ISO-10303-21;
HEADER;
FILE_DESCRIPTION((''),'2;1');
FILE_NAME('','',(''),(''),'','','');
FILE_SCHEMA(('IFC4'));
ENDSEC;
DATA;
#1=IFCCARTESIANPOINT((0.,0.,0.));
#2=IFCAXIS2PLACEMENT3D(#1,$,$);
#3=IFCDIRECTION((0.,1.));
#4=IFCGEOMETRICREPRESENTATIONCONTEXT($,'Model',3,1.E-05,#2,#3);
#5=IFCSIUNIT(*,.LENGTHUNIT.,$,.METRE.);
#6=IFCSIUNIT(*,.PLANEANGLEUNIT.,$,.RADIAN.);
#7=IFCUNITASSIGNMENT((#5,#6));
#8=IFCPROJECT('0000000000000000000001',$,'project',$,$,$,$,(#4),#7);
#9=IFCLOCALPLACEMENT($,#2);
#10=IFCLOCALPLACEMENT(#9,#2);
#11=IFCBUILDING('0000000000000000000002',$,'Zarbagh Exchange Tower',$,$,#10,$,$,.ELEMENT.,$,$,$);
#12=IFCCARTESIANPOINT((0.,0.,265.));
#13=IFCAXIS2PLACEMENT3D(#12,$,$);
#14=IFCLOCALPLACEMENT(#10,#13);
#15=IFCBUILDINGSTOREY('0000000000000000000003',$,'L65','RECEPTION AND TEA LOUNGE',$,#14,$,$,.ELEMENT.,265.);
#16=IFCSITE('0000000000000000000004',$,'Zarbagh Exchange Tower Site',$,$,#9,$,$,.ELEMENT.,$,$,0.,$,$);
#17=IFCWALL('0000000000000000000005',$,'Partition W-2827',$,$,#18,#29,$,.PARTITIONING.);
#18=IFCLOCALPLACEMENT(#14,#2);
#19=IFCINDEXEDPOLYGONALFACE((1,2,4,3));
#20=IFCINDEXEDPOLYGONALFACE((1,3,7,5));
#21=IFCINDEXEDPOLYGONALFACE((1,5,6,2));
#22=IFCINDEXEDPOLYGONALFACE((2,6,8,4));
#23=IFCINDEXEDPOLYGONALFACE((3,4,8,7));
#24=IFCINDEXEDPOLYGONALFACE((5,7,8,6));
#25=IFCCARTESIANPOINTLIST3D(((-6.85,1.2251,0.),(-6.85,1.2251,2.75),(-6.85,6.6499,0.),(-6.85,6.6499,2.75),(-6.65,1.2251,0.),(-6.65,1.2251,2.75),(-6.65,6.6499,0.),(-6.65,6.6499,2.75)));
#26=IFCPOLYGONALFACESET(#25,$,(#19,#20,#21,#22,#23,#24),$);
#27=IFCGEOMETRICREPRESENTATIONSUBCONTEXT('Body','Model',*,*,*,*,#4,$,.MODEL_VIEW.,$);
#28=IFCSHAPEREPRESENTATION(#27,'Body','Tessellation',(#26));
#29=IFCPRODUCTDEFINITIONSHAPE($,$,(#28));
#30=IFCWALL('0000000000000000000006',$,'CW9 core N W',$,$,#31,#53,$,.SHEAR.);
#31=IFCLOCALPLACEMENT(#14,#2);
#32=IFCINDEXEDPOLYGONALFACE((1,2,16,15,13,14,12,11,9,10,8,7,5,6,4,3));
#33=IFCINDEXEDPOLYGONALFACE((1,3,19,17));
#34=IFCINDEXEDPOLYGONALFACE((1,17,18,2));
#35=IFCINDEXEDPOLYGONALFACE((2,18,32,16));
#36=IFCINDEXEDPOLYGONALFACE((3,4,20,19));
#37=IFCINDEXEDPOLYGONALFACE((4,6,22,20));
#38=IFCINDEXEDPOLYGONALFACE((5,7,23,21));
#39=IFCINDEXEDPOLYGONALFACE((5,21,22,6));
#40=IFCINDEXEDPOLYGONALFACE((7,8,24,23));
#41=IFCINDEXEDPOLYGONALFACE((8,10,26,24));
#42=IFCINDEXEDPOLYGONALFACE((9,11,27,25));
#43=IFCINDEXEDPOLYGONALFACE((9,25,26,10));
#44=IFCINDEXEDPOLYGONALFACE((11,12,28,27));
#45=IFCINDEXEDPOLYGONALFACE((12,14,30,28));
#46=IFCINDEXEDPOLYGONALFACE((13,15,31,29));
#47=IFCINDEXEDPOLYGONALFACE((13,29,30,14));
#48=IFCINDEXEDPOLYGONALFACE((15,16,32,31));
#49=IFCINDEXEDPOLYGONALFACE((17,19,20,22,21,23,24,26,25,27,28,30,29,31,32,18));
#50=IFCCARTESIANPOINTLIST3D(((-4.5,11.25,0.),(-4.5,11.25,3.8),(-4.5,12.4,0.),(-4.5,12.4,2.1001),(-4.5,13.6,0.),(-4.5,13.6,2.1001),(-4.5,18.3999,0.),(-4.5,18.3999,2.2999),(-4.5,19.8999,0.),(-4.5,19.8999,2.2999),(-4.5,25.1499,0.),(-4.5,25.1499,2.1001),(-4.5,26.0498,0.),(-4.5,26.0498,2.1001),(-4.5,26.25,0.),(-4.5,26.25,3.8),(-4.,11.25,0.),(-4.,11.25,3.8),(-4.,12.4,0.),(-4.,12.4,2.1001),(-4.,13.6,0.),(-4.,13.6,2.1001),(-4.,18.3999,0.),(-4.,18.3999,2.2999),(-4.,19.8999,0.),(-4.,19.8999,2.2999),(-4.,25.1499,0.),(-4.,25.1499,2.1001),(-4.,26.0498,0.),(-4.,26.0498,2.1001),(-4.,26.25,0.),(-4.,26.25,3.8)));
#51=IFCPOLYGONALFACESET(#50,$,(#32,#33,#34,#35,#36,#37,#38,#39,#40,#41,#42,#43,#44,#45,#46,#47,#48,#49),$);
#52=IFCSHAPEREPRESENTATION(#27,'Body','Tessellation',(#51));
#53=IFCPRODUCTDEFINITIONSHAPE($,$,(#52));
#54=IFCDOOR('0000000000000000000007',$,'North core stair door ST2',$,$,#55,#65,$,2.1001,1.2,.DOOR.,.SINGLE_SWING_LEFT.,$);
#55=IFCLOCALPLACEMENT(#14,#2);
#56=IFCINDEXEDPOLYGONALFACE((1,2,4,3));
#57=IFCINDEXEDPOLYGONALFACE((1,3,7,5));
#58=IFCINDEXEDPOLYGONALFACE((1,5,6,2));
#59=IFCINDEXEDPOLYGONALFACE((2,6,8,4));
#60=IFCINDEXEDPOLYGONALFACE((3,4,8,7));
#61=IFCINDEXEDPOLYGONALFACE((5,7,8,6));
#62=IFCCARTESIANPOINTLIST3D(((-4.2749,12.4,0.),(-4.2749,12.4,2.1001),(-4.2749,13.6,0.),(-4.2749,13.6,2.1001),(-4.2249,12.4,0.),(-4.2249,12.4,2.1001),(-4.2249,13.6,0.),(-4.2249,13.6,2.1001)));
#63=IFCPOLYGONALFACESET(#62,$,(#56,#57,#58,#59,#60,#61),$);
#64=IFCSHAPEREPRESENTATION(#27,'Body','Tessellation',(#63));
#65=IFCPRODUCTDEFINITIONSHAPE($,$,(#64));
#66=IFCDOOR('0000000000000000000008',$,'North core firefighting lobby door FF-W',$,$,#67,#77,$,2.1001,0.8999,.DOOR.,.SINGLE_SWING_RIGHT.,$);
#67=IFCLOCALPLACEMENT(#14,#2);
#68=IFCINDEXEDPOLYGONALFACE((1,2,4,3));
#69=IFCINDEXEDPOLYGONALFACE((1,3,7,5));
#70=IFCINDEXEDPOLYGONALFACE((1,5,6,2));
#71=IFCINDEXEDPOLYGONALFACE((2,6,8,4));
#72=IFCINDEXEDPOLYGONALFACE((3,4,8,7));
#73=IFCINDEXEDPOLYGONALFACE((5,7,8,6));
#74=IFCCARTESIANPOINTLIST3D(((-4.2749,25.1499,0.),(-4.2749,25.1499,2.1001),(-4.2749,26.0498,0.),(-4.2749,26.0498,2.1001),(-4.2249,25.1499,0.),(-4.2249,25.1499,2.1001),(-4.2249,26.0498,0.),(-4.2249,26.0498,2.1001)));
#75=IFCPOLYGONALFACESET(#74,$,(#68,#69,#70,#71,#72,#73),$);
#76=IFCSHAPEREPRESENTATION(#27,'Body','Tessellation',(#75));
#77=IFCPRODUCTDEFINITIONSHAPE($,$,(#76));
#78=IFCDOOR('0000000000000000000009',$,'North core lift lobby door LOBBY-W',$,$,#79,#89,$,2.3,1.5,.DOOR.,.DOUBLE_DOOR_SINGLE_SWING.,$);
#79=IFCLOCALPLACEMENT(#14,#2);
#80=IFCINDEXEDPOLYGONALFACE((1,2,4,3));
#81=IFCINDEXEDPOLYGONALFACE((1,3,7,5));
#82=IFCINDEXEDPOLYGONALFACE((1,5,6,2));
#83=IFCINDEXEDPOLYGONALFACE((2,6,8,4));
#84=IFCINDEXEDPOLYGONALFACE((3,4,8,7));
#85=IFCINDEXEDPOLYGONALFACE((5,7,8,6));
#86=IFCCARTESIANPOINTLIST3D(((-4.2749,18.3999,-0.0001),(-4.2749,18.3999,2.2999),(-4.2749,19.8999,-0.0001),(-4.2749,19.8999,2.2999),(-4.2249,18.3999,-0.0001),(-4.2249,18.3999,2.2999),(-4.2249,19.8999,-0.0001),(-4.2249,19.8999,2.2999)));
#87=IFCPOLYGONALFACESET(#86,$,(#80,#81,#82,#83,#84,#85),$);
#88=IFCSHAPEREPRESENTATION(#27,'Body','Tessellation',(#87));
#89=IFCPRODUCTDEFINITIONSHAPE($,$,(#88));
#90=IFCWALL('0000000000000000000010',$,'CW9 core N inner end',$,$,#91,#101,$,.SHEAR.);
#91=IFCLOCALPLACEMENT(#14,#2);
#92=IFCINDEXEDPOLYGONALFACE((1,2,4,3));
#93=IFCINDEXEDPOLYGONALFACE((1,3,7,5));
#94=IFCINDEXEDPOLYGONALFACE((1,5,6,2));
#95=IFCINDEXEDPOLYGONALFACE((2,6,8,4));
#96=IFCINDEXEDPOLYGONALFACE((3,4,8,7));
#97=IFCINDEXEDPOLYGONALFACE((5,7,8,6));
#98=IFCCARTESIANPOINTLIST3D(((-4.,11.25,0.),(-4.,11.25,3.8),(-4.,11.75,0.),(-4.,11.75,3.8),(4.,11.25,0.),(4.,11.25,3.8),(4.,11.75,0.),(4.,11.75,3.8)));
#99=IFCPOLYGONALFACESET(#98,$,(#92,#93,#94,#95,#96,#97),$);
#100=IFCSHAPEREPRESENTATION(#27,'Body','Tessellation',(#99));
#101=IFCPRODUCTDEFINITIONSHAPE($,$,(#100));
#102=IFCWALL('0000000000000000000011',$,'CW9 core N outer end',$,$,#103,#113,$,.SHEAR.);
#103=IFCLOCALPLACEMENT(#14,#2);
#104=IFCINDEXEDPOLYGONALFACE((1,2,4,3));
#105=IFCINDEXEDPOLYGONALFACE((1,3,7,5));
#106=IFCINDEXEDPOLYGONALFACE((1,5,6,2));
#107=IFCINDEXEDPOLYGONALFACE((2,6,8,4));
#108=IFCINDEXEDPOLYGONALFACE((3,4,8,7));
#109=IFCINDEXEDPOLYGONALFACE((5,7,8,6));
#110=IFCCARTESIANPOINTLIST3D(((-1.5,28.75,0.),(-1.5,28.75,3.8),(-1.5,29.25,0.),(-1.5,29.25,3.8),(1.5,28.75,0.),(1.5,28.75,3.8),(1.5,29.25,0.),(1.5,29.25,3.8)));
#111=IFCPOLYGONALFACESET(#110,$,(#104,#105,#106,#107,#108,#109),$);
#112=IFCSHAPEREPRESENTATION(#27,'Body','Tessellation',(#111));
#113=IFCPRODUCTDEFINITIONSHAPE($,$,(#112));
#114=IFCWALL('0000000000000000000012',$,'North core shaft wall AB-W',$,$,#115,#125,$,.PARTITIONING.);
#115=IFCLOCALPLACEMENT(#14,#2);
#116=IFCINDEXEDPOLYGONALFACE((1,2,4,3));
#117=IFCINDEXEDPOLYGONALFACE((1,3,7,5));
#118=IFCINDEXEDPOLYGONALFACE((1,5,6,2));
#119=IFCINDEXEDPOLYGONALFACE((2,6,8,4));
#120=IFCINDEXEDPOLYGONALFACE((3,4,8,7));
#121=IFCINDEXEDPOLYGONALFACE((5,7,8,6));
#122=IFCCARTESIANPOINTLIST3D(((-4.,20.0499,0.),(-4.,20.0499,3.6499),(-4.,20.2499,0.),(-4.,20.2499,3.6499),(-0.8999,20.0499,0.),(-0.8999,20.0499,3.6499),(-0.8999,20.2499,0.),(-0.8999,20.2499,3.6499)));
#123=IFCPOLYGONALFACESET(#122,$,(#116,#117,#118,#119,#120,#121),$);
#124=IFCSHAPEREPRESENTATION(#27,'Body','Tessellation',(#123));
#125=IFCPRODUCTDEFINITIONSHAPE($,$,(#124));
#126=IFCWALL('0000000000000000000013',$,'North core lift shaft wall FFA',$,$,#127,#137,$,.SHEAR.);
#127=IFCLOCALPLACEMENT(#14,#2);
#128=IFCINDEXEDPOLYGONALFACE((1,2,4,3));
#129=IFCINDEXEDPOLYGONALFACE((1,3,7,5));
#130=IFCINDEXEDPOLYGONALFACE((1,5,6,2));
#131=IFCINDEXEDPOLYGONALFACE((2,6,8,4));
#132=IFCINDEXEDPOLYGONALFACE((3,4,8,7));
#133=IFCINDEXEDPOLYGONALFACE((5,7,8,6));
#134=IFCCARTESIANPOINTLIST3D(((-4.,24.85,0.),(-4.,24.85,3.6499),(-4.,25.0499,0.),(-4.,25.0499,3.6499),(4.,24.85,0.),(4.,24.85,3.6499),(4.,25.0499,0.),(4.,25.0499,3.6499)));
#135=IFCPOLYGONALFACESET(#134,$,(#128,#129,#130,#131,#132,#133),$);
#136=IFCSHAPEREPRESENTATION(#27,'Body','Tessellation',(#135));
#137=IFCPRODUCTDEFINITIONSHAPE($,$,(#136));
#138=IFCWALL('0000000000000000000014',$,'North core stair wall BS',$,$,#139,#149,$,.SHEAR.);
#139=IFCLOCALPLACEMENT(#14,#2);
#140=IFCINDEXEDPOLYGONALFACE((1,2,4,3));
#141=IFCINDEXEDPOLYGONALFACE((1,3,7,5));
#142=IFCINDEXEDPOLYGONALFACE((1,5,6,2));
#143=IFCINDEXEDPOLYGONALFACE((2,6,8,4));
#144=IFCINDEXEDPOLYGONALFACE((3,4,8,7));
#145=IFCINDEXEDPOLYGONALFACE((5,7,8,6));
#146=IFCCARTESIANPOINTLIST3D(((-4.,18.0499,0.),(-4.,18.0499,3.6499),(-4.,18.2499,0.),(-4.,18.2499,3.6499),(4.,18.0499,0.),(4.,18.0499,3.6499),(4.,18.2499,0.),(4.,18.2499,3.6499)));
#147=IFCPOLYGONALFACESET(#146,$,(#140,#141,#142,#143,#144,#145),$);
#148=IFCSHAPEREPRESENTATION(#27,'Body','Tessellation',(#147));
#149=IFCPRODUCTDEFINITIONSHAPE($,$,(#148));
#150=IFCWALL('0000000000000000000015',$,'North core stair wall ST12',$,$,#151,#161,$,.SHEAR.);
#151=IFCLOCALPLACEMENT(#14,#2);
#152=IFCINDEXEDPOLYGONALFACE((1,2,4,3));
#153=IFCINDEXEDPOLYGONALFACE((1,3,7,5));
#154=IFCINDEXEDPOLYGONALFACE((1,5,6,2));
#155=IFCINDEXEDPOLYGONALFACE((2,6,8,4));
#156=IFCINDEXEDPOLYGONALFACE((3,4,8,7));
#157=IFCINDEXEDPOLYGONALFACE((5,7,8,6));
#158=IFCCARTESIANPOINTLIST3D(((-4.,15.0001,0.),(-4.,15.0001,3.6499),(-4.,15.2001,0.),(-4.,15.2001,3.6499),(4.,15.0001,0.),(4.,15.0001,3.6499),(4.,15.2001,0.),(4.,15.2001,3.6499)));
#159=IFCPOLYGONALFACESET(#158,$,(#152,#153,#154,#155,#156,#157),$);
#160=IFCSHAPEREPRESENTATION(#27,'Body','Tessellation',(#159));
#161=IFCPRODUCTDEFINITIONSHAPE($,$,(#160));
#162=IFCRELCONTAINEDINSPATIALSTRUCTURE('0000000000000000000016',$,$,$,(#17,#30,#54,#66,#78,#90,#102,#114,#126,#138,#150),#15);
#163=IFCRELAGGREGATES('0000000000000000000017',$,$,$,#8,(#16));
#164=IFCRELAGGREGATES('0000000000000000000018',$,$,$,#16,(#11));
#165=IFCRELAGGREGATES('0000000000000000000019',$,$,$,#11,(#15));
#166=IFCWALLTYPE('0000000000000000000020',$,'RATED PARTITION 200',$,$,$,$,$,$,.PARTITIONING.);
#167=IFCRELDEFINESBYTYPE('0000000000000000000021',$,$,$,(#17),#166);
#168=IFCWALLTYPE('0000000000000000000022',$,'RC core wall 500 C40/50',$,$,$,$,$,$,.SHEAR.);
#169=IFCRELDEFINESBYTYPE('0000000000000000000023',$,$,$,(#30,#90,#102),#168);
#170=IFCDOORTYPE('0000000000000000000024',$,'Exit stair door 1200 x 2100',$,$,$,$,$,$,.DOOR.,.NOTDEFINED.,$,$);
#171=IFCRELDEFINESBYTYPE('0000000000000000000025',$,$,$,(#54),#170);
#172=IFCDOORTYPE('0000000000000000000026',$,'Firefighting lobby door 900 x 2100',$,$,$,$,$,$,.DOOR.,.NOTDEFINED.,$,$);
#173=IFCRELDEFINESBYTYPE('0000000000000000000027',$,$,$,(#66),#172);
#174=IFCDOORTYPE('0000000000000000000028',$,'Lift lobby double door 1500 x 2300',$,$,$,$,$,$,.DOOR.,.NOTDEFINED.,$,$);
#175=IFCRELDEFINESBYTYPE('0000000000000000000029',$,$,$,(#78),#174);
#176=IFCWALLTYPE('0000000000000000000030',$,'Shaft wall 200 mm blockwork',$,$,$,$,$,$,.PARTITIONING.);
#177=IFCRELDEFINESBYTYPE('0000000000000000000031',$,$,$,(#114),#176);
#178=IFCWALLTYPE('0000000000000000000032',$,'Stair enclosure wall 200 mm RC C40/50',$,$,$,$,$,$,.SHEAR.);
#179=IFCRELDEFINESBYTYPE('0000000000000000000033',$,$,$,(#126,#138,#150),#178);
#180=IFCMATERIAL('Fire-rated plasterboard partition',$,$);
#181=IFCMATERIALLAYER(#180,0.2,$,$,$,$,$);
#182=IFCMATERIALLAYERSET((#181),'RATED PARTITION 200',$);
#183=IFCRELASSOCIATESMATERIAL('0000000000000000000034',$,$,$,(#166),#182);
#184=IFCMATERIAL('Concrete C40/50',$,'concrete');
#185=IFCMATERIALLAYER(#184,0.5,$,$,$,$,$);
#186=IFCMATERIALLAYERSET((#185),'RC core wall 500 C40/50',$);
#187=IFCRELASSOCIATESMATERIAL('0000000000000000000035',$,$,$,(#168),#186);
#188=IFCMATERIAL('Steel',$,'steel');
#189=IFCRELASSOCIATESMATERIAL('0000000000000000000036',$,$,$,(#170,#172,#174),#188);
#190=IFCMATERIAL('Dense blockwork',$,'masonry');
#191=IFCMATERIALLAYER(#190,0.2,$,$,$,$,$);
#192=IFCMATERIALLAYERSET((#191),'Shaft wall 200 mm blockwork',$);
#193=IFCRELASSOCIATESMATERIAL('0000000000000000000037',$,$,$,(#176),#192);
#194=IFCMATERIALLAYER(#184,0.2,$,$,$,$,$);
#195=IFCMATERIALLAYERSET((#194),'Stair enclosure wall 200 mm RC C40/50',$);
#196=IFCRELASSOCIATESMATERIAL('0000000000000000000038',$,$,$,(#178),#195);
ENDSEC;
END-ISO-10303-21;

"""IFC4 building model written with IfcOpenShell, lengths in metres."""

from ifc_helpers import new_model, si_unit, direction, frame, frame_2d, origin, place, context, subcontext, project, spatial, rectangle, extrude, material, layer, layer_set, type_object, element, fill, save


model = new_model("IFC4")

# Units and contexts
model_context = context("Model", 3, precision=1e-05, world=origin(), true_north=direction((0.0, 1.0)))
body_context = subcontext(model_context, "Body", "Model", "MODEL_VIEW")
ifc_project = project(units=[si_unit("LENGTHUNIT", "METRE"), si_unit("PLANEANGLEUNIT", "RADIAN")], contexts=[model_context])

# Site, building, storey
site_placement = place(None, origin())
site = spatial("IfcSite", under=ifc_project, at=site_placement, Name="Zarbagh Exchange Tower Site", CompositionType="ELEMENT", RefElevation=0.0)
building_placement = place(site_placement, origin())
building = spatial("IfcBuilding", under=site, at=building_placement, Name="Zarbagh Exchange Tower", CompositionType="ELEMENT")
storey_placement = place(building_placement, frame((0.0, 0.0, 265.0)))
storey = spatial("IfcBuildingStorey", under=building, at=storey_placement, Name="L65", Description="RECEPTION AND TEA LOUNGE", CompositionType="ELEMENT", Elevation=265.0)

# Shared definitions
ifc_material_1 = material(Name="Concrete C40/50", Category="concrete")

# Shared definitions
ifc_material_2 = material(Name="Dense blockwork", Category="masonry")
ifc_material_3 = material(Name="Fire-rated plasterboard partition")
ifc_layer_1 = layer(ifc_material_3, 0.2)
ifc_layer_set_1 = layer_set([ifc_layer_1], Name="RATED PARTITION 200")
wall_type_1 = type_object("IfcWallType", Name="RATED PARTITION 200", PredefinedType="PARTITIONING", material=ifc_layer_set_1)

# Wall
wall_1_placement = place(storey_placement, frame((-6.75, 1.2251, 0.0), z_axis=(0.0, 0.0, 1.0), x_axis=(0.0, 1.0, 0.0)))
element("IfcWall", 1, at=wall_1_placement, inside=storey, type_object=wall_type_1, Name="Partition W-2827", PredefinedType="PARTITIONING", context=body_context, shape_type="SweptSolid", body=[
    extrude(rectangle(XDim=5.4248, YDim=0.2, at=frame_2d((2.7124, 0.0))), origin(), (0.0, 0.0, 1.0), 2.75),
])

# Wall, openings, doors
ifc_layer_2 = layer(ifc_material_1, 0.5)
ifc_layer_set_2 = layer_set([ifc_layer_2], Name="RC core wall 500 C40/50")
wall_type_2 = type_object("IfcWallType", Name="RC core wall 500 C40/50", PredefinedType="SHEAR", material=ifc_layer_set_2)
wall_2_placement = place(storey_placement, frame((-4.25, 11.25, 0.0), z_axis=(0.0, 0.0, 1.0), x_axis=(0.0, 1.0, 0.0)))
wall_2 = element("IfcWall", 2, at=wall_2_placement, inside=storey, type_object=wall_type_2, Name="CW9 core N W", PredefinedType="SHEAR", context=body_context, shape_type="SweptSolid", body=[
    extrude(rectangle(XDim=15.0, YDim=0.5, at=frame_2d((7.5, 0.0))), origin(), (0.0, 0.0, 1.0), 3.8),
])
opening_1_placement = place(wall_2_placement, frame((7.1499, 0.0, 0.0)))
opening_1 = element("IfcOpeningElement", 3, at=opening_1_placement, cuts=wall_2, PredefinedType="OPENING", context=body_context, shape_type="SweptSolid", body=[
    extrude(rectangle(XDim=1.5, YDim=2.3, at=frame_2d((0.75, 1.1499))), frame((0.0, 0.26, 0.0), z_axis=(0.0, -1.0, 0.0), x_axis=(1.0, 0.0, 0.0)), (0.0, 0.0, 1.0), 0.52),
])
opening_2_placement = place(wall_2_placement, frame((13.8999, 0.0, 0.0)))
opening_2 = element("IfcOpeningElement", 4, at=opening_2_placement, cuts=wall_2, PredefinedType="OPENING", context=body_context, shape_type="SweptSolid", body=[
    extrude(rectangle(XDim=0.8999, YDim=2.1001, at=frame_2d((0.45, 1.05))), frame((0.0, 0.26, 0.0), z_axis=(0.0, -1.0, 0.0), x_axis=(1.0, 0.0, 0.0)), (0.0, 0.0, 1.0), 0.52),
])
opening_3_placement = place(wall_2_placement, frame((1.1499, 0.0, 0.0)))
opening_3 = element("IfcOpeningElement", 5, at=opening_3_placement, cuts=wall_2, PredefinedType="OPENING", context=body_context, shape_type="SweptSolid", body=[
    extrude(rectangle(XDim=1.2, YDim=2.1001, at=frame_2d((0.6001, 1.05))), frame((0.0, 0.26, 0.0), z_axis=(0.0, -1.0, 0.0), x_axis=(1.0, 0.0, 0.0)), (0.0, 0.0, 1.0), 0.52),
])
ifc_material_4 = material(Name="Steel", Category="steel")
door_type_1 = type_object("IfcDoorType", Name="Exit stair door 1200 x 2100", OperationType="NOTDEFINED", PredefinedType="DOOR", material=ifc_material_4)
door_1_placement = place(opening_3_placement, origin())
door_1 = element("IfcDoor", 6, at=door_1_placement, inside=storey, type_object=door_type_1, Name="North core stair door ST2", OperationType="SINGLE_SWING_LEFT", OverallHeight=2.1001, OverallWidth=1.2, PredefinedType="DOOR", context=body_context, shape_type="SweptSolid", body=[
    extrude(rectangle(XDim=1.2, YDim=2.1001, at=frame_2d((0.6001, 1.05))), frame((0.0, 0.0249, 0.0), z_axis=(0.0, -1.0, 0.0), x_axis=(1.0, 0.0, 0.0)), (0.0, 0.0, 1.0), 0.05),
])
fill(opening_3, door_1)
door_type_2 = type_object("IfcDoorType", Name="Firefighting lobby door 900 x 2100", OperationType="NOTDEFINED", PredefinedType="DOOR", material=ifc_material_4)
door_2_placement = place(opening_2_placement, origin())
door_2 = element("IfcDoor", 7, at=door_2_placement, inside=storey, type_object=door_type_2, Name="North core firefighting lobby door FF-W", OperationType="SINGLE_SWING_RIGHT", OverallHeight=2.1001, OverallWidth=0.8999, PredefinedType="DOOR", context=body_context, shape_type="SweptSolid", body=[
    extrude(rectangle(XDim=0.8999, YDim=2.1001, at=frame_2d((0.45, 1.05))), frame((0.0, 0.0249, 0.0), z_axis=(0.0, -1.0, 0.0), x_axis=(1.0, 0.0, 0.0)), (0.0, 0.0, 1.0), 0.05),
])
fill(opening_2, door_2)
door_type_3 = type_object("IfcDoorType", Name="Lift lobby double door 1500 x 2300", OperationType="NOTDEFINED", PredefinedType="DOOR", material=ifc_material_4)
door_3_placement = place(opening_1_placement, origin())
door_3 = element("IfcDoor", 8, at=door_3_placement, inside=storey, type_object=door_type_3, Name="North core lift lobby door LOBBY-W", OperationType="DOUBLE_DOOR_SINGLE_SWING", OverallHeight=2.3, OverallWidth=1.5, PredefinedType="DOOR", context=body_context, shape_type="SweptSolid", body=[
    extrude(rectangle(XDim=1.5, YDim=2.3, at=frame_2d((0.75, 1.1499))), frame((0.0, 0.0249, 0.0), z_axis=(0.0, -1.0, 0.0), x_axis=(1.0, 0.0, 0.0)), (0.0, 0.0, 1.0), 0.05),
])
fill(opening_1, door_3)

# Walls
wall_3_placement = place(storey_placement, frame((-4.0, 11.5, 0.0), z_axis=(0.0, 0.0, 1.0), x_axis=(1.0, 0.0, 0.0)))
element("IfcWall", 9, at=wall_3_placement, inside=storey, type_object=wall_type_2, Name="CW9 core N inner end", PredefinedType="SHEAR", context=body_context, shape_type="SweptSolid", body=[
    extrude(rectangle(XDim=8.0, YDim=0.5, at=frame_2d((4.0, 0.0))), origin(), (0.0, 0.0, 1.0), 3.8),
])
wall_4_placement = place(storey_placement, frame((-1.5, 29.0, 0.0), z_axis=(0.0, 0.0, 1.0), x_axis=(1.0, 0.0, 0.0)))
element("IfcWall", 10, at=wall_4_placement, inside=storey, type_object=wall_type_2, Name="CW9 core N outer end", PredefinedType="SHEAR", context=body_context, shape_type="SweptSolid", body=[
    extrude(rectangle(XDim=3.0, YDim=0.5, at=frame_2d((1.5, 0.0))), origin(), (0.0, 0.0, 1.0), 3.8),
])
ifc_layer_3 = layer(ifc_material_2, 0.2)
ifc_layer_set_3 = layer_set([ifc_layer_3], Name="Shaft wall 200 mm blockwork")
wall_type_3 = type_object("IfcWallType", Name="Shaft wall 200 mm blockwork", PredefinedType="PARTITIONING", material=ifc_layer_set_3)
wall_5_placement = place(storey_placement, frame((-4.0, 20.1499, 0.0), z_axis=(0.0, 0.0, 1.0), x_axis=(1.0, 0.0, 0.0)))
element("IfcWall", 11, at=wall_5_placement, inside=storey, type_object=wall_type_3, Name="North core shaft wall AB-W", PredefinedType="PARTITIONING", context=body_context, shape_type="SweptSolid", body=[
    extrude(rectangle(XDim=3.1001, YDim=0.2, at=frame_2d((1.55, 0.0))), origin(), (0.0, 0.0, 1.0), 3.6499),
])
ifc_layer_4 = layer(ifc_material_1, 0.2)
ifc_layer_set_4 = layer_set([ifc_layer_4], Name="Stair enclosure wall 200 mm RC C40/50")
wall_type_4 = type_object("IfcWallType", Name="Stair enclosure wall 200 mm RC C40/50", PredefinedType="SHEAR", material=ifc_layer_set_4)
for number, where, z_axis, x_axis, name in (
    (12, (-4.0, 24.95, 0.0), (0.0, 0.0, 1.0), (1.0, 0.0, 0.0), "North core lift shaft wall FFA"),
    (13, (-4.0, 18.1499, 0.0), (0.0, 0.0, 1.0), (1.0, 0.0, 0.0), "North core stair wall BS"),
    (14, (-4.0, 15.1001, 0.0), (0.0, 0.0, 1.0), (1.0, 0.0, 0.0), "North core stair wall ST12"),
):
    element("IfcWall", number, at=place(storey_placement, frame(where, z_axis=z_axis, x_axis=x_axis)), inside=storey, type_object=wall_type_4, Name=name, PredefinedType="SHEAR", context=body_context, shape_type="SweptSolid", body=[
        extrude(rectangle(XDim=8.0, YDim=0.2, at=frame_2d((4.0, 0.0))), origin(), (0.0, 0.0, 1.0), 3.6499),
    ])

save(model, "model.ifc")
